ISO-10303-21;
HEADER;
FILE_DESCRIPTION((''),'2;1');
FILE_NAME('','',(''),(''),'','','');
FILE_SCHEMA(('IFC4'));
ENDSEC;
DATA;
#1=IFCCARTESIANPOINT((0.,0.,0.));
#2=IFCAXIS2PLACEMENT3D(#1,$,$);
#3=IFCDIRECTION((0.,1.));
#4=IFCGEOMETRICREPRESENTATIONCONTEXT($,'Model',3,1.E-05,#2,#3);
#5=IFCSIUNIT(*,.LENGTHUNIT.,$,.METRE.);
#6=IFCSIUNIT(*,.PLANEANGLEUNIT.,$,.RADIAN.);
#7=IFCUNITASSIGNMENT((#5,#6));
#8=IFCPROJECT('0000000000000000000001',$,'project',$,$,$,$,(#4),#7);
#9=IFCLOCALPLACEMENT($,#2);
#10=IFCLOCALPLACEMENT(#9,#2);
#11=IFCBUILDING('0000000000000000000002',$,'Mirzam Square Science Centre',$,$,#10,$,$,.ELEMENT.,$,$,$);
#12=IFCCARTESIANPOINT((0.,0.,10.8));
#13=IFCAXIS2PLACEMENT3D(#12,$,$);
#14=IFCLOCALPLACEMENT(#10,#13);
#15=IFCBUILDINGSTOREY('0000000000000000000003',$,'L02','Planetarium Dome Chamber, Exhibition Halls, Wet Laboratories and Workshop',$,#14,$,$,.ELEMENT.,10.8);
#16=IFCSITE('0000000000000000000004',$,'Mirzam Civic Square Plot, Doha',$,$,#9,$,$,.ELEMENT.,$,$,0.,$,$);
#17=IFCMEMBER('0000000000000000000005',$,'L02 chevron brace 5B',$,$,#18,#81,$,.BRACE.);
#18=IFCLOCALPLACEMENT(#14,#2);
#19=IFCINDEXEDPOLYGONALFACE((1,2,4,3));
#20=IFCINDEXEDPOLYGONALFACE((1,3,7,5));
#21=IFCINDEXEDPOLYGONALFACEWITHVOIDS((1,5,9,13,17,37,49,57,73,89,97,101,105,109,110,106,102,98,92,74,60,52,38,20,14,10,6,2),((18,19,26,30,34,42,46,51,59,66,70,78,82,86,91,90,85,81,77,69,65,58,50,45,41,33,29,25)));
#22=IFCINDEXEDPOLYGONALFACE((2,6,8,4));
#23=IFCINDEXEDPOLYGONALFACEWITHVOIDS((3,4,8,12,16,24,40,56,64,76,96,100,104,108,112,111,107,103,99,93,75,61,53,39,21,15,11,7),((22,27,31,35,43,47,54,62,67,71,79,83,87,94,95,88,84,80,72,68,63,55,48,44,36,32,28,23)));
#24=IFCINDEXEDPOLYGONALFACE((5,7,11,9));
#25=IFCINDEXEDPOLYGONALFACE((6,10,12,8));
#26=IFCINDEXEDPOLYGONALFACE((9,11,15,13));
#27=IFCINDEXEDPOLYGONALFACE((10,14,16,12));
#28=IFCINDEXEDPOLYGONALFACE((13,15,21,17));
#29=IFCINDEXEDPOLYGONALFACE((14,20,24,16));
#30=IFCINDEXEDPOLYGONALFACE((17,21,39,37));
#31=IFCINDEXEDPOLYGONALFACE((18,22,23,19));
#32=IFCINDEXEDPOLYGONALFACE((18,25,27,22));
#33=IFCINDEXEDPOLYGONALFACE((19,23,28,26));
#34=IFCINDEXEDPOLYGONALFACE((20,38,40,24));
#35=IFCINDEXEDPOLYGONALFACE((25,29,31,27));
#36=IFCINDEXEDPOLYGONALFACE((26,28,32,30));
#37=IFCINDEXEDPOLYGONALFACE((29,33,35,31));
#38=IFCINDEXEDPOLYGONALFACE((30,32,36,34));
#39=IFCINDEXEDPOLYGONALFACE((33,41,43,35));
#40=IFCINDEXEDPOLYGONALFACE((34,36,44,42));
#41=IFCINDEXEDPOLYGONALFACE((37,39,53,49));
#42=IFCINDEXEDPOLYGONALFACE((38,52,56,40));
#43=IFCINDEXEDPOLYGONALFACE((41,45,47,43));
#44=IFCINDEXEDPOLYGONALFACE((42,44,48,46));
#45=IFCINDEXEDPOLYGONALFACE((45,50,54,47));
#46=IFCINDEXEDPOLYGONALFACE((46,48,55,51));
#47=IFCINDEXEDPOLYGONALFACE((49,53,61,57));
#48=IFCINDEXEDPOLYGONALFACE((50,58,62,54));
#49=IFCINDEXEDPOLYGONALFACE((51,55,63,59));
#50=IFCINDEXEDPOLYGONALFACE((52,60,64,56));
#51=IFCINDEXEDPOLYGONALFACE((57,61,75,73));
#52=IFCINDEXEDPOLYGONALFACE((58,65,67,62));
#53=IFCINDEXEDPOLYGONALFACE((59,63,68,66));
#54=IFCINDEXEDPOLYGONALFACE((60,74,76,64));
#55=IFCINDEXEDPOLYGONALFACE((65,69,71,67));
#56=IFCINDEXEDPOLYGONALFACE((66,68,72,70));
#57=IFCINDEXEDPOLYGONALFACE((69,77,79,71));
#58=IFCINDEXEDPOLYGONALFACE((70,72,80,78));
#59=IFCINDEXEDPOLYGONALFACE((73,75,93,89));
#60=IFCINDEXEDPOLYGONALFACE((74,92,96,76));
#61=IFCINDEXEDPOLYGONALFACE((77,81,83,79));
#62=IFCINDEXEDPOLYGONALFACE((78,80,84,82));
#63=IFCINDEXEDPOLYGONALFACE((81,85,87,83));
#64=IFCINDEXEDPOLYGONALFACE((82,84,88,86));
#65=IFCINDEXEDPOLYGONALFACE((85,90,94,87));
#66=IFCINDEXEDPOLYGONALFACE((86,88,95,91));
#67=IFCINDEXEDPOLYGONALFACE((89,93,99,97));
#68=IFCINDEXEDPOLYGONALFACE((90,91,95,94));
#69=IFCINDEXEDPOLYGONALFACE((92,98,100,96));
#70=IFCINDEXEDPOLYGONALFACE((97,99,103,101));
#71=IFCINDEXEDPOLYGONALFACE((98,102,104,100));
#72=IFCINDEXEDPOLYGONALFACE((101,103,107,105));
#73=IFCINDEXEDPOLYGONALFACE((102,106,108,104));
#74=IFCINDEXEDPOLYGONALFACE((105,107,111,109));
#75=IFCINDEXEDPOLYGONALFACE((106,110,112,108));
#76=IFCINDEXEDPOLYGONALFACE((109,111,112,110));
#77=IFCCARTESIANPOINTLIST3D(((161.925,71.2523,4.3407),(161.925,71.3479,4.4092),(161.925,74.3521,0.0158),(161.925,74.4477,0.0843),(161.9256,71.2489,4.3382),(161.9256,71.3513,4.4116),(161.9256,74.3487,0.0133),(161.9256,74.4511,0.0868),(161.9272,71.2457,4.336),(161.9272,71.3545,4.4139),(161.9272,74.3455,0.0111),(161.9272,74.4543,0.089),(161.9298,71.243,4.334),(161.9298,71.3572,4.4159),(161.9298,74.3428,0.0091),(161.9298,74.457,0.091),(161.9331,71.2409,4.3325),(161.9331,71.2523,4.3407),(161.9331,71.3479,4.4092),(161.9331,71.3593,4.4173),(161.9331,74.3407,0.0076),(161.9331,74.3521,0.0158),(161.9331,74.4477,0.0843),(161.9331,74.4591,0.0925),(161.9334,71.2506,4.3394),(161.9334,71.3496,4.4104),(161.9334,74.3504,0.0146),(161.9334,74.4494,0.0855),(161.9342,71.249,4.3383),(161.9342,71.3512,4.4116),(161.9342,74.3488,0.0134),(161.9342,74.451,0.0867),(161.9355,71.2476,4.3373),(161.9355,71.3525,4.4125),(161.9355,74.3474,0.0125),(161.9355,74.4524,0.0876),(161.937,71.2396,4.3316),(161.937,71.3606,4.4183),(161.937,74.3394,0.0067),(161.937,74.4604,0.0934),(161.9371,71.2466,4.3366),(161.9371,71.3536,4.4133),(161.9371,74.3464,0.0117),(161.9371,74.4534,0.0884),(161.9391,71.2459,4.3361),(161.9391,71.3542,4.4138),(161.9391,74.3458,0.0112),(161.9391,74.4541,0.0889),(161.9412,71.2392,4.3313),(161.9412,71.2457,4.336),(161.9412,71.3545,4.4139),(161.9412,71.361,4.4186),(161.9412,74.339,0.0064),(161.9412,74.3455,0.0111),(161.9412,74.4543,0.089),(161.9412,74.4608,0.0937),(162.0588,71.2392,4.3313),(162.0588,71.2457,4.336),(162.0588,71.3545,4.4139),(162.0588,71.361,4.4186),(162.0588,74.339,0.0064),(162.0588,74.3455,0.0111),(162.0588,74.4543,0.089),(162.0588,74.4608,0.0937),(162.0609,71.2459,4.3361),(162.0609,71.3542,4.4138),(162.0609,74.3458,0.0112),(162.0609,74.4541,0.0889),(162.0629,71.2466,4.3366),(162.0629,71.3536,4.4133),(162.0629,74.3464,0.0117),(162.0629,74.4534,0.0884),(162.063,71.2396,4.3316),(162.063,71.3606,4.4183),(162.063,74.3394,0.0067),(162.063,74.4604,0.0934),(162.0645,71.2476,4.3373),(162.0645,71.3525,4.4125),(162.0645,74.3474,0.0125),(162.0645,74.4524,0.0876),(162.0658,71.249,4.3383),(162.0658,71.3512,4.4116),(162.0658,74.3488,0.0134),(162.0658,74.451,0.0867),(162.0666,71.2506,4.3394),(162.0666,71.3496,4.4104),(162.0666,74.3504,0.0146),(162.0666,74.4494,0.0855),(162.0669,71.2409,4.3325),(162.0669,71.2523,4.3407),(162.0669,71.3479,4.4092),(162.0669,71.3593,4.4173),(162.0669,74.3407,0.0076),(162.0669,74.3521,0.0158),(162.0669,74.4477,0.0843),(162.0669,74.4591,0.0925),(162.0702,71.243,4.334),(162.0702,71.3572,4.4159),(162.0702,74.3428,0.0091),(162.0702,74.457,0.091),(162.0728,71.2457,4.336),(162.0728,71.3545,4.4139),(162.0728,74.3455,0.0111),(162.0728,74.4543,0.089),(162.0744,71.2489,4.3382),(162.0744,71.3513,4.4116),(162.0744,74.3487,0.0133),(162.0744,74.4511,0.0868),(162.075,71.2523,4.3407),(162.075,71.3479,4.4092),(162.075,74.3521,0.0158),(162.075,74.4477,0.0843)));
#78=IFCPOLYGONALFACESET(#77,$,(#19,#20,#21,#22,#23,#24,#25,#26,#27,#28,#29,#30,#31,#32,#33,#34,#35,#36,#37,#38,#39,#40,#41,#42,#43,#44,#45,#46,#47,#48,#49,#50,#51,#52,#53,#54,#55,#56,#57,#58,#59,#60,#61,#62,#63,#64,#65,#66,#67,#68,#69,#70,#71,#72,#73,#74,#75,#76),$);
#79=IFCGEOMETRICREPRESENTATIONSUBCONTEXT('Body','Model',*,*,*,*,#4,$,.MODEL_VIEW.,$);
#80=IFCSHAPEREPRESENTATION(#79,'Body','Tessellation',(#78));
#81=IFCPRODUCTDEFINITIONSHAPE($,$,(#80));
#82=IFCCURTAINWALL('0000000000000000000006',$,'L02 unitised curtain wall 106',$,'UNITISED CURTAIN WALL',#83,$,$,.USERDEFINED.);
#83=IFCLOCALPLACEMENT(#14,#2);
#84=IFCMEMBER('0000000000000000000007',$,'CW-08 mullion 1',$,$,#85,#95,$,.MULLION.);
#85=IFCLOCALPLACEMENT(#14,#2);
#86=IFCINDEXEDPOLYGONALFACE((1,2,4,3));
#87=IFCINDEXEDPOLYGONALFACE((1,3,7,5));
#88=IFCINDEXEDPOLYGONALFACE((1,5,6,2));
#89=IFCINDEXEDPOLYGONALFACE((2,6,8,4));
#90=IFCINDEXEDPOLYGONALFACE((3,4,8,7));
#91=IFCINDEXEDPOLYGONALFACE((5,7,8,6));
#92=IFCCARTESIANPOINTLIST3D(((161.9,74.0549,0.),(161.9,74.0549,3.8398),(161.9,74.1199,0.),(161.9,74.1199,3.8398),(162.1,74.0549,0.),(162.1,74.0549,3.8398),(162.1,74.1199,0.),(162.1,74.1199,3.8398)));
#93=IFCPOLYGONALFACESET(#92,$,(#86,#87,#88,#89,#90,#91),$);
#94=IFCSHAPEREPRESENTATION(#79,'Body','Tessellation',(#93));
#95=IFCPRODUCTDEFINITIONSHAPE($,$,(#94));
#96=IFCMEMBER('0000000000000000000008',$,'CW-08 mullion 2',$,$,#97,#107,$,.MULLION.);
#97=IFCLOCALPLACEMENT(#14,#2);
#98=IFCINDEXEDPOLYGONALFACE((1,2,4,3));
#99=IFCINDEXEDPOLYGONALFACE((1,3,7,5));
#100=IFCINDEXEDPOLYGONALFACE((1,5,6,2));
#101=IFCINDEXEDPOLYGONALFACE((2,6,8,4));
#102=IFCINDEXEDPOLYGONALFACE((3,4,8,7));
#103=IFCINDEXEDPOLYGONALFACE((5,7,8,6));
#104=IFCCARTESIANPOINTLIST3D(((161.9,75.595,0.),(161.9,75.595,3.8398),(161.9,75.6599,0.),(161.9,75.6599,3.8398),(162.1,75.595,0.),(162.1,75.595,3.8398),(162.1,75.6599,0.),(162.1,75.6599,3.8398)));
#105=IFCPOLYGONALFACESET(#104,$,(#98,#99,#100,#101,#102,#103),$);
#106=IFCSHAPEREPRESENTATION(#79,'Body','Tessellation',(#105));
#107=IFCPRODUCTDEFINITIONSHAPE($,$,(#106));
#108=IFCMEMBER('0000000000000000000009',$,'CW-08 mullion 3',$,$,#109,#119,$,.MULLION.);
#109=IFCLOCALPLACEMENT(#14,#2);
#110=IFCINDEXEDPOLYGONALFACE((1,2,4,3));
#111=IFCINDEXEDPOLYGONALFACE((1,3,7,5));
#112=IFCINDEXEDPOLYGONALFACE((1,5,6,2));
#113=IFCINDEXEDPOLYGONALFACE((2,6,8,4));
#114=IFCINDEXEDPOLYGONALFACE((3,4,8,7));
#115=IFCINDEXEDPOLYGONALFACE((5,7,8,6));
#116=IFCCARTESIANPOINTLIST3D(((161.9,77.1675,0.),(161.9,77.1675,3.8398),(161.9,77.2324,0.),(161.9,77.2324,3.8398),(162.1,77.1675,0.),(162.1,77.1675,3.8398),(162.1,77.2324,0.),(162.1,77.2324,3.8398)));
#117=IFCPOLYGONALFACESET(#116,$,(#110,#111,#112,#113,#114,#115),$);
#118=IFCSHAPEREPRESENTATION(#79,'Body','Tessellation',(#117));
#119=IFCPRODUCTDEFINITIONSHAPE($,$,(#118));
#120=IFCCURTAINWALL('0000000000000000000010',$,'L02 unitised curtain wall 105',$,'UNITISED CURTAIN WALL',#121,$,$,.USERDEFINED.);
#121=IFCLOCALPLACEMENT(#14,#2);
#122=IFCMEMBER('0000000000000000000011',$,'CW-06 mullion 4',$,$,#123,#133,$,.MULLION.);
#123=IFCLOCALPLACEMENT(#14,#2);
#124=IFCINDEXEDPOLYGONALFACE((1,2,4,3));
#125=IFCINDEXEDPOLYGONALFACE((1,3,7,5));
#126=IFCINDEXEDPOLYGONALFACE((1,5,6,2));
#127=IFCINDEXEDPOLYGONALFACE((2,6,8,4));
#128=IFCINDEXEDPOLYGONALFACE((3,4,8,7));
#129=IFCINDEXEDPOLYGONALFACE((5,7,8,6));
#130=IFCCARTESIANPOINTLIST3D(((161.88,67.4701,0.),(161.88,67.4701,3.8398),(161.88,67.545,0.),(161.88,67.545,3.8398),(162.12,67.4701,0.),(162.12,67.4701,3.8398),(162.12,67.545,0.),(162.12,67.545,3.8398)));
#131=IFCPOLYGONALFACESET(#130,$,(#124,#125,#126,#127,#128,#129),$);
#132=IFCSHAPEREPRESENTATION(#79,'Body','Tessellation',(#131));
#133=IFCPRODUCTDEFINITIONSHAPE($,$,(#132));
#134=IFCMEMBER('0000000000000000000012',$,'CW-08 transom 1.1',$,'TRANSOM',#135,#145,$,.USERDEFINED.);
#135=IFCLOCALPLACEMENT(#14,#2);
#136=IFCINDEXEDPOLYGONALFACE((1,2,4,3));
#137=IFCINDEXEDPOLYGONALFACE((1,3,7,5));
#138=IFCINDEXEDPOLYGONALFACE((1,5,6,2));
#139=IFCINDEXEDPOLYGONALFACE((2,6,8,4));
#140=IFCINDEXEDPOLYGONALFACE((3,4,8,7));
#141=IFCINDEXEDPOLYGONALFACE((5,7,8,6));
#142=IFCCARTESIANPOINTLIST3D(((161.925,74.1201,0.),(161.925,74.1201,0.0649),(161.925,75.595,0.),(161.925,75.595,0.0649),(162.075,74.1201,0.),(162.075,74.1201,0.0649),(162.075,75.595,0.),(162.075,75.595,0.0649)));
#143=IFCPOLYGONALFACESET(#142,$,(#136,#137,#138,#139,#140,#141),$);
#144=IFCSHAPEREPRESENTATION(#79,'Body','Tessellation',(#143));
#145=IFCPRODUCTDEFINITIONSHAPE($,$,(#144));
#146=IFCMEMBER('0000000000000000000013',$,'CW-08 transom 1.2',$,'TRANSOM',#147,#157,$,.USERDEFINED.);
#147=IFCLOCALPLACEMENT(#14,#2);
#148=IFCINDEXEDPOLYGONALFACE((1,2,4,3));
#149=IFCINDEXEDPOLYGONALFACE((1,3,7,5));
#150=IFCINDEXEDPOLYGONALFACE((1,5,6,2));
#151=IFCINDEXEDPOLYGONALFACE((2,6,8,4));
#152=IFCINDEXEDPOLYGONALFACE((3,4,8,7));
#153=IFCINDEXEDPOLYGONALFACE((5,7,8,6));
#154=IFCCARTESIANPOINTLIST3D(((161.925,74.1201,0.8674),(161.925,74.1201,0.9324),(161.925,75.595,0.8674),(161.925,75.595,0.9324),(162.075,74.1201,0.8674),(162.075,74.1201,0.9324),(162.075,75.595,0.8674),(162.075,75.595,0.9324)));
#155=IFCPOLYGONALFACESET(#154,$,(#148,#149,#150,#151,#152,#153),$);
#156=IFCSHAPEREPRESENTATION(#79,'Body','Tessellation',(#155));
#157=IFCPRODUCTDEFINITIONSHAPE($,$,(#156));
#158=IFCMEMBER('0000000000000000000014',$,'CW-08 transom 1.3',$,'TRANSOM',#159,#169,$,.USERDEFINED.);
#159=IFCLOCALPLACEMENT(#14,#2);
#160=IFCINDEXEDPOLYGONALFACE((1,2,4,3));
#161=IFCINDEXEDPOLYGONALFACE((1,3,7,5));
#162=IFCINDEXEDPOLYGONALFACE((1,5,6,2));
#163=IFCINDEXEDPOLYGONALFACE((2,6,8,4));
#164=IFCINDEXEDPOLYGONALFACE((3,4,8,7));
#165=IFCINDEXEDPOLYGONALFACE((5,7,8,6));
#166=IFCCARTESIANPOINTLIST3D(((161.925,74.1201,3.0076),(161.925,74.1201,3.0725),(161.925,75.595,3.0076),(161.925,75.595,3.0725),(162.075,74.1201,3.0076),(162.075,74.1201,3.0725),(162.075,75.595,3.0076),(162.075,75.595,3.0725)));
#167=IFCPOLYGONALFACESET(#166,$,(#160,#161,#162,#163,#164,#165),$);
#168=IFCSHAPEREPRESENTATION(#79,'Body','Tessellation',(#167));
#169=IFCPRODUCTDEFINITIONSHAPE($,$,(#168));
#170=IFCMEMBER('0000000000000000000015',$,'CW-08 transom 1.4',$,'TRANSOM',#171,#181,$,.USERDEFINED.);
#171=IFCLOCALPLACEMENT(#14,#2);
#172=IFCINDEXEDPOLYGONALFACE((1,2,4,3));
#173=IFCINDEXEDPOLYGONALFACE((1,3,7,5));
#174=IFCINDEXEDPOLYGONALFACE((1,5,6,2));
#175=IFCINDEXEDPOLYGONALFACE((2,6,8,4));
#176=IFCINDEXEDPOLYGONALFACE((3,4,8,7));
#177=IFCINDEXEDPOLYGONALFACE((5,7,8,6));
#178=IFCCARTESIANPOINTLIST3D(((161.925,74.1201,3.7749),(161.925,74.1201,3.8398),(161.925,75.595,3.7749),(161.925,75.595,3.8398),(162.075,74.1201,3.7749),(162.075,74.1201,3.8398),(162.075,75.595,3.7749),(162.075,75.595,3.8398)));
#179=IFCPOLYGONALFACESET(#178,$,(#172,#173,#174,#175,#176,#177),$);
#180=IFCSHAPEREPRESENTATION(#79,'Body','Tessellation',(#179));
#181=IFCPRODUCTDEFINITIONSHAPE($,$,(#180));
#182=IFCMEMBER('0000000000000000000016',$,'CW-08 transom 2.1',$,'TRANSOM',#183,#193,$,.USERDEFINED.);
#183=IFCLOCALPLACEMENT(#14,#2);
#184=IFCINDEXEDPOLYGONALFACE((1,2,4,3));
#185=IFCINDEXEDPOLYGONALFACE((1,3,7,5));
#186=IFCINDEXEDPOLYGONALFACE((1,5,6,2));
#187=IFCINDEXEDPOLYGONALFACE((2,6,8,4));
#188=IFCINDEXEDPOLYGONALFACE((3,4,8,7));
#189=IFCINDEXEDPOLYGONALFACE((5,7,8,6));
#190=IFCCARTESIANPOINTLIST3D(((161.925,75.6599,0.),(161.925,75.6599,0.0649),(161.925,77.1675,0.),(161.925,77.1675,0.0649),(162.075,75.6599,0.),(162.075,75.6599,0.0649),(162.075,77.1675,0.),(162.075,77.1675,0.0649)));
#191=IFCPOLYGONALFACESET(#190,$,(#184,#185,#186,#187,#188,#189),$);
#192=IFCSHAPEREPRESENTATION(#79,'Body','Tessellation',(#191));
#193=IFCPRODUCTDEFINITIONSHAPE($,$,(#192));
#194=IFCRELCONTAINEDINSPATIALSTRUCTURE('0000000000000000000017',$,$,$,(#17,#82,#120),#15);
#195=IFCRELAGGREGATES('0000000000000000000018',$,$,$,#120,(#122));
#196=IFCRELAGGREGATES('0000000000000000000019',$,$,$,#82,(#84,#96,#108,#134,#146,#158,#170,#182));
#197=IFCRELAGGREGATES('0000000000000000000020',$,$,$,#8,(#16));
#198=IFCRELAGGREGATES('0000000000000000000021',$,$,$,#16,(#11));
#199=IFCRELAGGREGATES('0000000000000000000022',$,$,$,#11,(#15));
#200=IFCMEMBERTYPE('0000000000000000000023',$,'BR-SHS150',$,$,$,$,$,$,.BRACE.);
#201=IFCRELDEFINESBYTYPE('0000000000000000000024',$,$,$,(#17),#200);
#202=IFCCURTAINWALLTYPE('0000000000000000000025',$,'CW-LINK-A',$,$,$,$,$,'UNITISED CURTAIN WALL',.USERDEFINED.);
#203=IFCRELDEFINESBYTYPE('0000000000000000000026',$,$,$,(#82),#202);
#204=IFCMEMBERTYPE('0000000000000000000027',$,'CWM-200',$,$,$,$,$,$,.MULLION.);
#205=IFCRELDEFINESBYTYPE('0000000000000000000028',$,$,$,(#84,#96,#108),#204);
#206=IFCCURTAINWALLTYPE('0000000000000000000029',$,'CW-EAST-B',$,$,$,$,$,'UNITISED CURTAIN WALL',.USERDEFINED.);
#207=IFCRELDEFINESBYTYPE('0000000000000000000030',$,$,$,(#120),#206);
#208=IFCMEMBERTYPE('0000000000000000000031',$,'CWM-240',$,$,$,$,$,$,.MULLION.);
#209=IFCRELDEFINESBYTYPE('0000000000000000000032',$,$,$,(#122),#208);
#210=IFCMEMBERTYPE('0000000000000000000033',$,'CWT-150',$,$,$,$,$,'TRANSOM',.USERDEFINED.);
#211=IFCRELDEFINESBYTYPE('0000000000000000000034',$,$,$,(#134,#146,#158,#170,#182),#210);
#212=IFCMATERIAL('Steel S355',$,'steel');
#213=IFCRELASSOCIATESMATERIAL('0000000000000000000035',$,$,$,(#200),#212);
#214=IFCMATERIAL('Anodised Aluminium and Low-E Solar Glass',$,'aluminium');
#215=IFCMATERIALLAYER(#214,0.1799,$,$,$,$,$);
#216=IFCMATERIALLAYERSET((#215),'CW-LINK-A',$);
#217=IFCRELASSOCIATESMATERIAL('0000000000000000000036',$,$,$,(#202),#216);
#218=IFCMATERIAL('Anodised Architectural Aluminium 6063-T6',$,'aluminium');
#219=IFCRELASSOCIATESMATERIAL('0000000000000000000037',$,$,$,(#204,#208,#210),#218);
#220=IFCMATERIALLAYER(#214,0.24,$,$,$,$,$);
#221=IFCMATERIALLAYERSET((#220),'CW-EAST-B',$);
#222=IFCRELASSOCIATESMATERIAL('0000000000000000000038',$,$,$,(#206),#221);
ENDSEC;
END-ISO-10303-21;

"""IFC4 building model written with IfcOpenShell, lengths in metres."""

from ifc_helpers import new_model, si_unit, direction, frame, origin, origin_2d, place, context, subcontext, project, spatial, rectangle, hollow_rectangle, extrude, material, layer, layer_set, material_profile, profile_set, type_object, element, aggregate, save


model = new_model("IFC4")

# Units and contexts
model_context = context("Model", 3, precision=1e-05, world=origin(), true_north=direction((0.0, 1.0)))
body_context = subcontext(model_context, "Body", "Model", "MODEL_VIEW")
ifc_project = project(units=[si_unit("LENGTHUNIT", "METRE"), si_unit("PLANEANGLEUNIT", "RADIAN")], contexts=[model_context])

# Site, building, storey
site_placement = place(None, origin())
site = spatial("IfcSite", under=ifc_project, at=site_placement, Name="Mirzam Civic Square Plot, Doha", CompositionType="ELEMENT", RefElevation=0.0)
building_placement = place(site_placement, origin())
building = spatial("IfcBuilding", under=site, at=building_placement, Name="Mirzam Square Science Centre", CompositionType="ELEMENT")
storey_placement = place(building_placement, frame((0.0, 0.0, 10.8)))
storey = spatial("IfcBuildingStorey", under=building, at=storey_placement, Name="L02", Description="Planetarium Dome Chamber, Exhibition Halls, Wet Laboratories and Workshop", CompositionType="ELEMENT", Elevation=10.8)

# Shared definitions
ifc_material_1 = material(Name="Steel S355", Category="steel")

# Member
ifc_material_profile_1 = material_profile(ifc_material_1, hollow_rectangle(XDim=0.1499, YDim=0.1499, WallThickness=0.0081, InnerFilletRadius=0.0081, OuterFilletRadius=0.0161, at=origin_2d()), Name="150x150x8.0SHS")
ifc_profile_set_1 = profile_set([ifc_material_profile_1], Name="Steel S355")
member_type_1 = type_object("IfcMemberType", Name="BR-SHS150", PredefinedType="BRACE", material=ifc_profile_set_1)
member_1_placement = place(storey_placement, frame((162.0, 74.3999, 0.05), z_axis=(0.0, -0.582557, 0.81279), x_axis=(1.0, 0.0, 0.0)))
element("IfcMember", 1, at=member_1_placement, inside=storey, type_object=member_type_1, Name="L02 chevron brace 5B", PredefinedType="BRACE", context=body_context, shape_type="SweptSolid", body=[
    extrude(hollow_rectangle(XDim=0.1499, YDim=0.1499, WallThickness=0.0081, InnerFilletRadius=0.0081, OuterFilletRadius=0.0161, at=origin_2d()), origin(), (0.0, 0.0, 1.0), 5.321),
])

# Curtain wall, members
ifc_material_2 = material(Name="Anodised Aluminium and Low-E Solar Glass", Category="aluminium")
ifc_layer_1 = layer(ifc_material_2, 0.1799)
ifc_layer_set_1 = layer_set([ifc_layer_1], Name="CW-LINK-A")
curtain_wall_type_1 = type_object("IfcCurtainWallType", Name="CW-LINK-A", ElementType="UNITISED CURTAIN WALL", PredefinedType="USERDEFINED", material=ifc_layer_set_1)
curtain_wall_1_placement = place(storey_placement, origin())
curtain_wall_1 = element("IfcCurtainWall", 2, at=curtain_wall_1_placement, inside=storey, type_object=curtain_wall_type_1, Name="L02 unitised curtain wall 106", ObjectType="UNITISED CURTAIN WALL", PredefinedType="USERDEFINED")
ifc_material_3 = material(Name="Anodised Architectural Aluminium 6063-T6", Category="aluminium")
ifc_material_profile_2 = material_profile(ifc_material_3, rectangle(XDim=0.0649, YDim=0.2, at=origin_2d()), Name="ALU-MULL-200x65x5")
ifc_profile_set_2 = profile_set([ifc_material_profile_2], Name="Anodised Architectural Aluminium 6063-T6")
member_type_2 = type_object("IfcMemberType", Name="CWM-200", PredefinedType="MULLION", material=ifc_profile_set_2)
member_2_placement = place(storey_placement, frame((162.0, 74.0874, 0.0), z_axis=(0.0, 0.0, 1.0), x_axis=(0.0, 1.0, 0.0)))
member_2 = element("IfcMember", 3, at=member_2_placement, type_object=member_type_2, Name="CW-08 mullion 1", PredefinedType="MULLION", context=body_context, shape_type="SweptSolid", body=[
    extrude(rectangle(XDim=0.0649, YDim=0.2, at=origin_2d()), origin(), (0.0, 0.0, 1.0), 3.8398),
])
member_3_placement = place(storey_placement, frame((162.0, 75.6274, 0.0), z_axis=(0.0, 0.0, 1.0), x_axis=(0.0, 1.0, 0.0)))
member_3 = element("IfcMember", 4, at=member_3_placement, type_object=member_type_2, Name="CW-08 mullion 2", PredefinedType="MULLION", context=body_context, shape_type="SweptSolid", body=[
    extrude(rectangle(XDim=0.0649, YDim=0.2, at=origin_2d()), origin(), (0.0, 0.0, 1.0), 3.8398),
])
member_4_placement = place(storey_placement, frame((162.0, 77.2, 0.0), z_axis=(0.0, 0.0, 1.0), x_axis=(0.0, 1.0, 0.0)))
member_4 = element("IfcMember", 5, at=member_4_placement, type_object=member_type_2, Name="CW-08 mullion 3", PredefinedType="MULLION", context=body_context, shape_type="SweptSolid", body=[
    extrude(rectangle(XDim=0.0649, YDim=0.2, at=origin_2d()), origin(), (0.0, 0.0, 1.0), 3.8398),
])

# Curtain wall, member
ifc_layer_2 = layer(ifc_material_2, 0.24)
ifc_layer_set_2 = layer_set([ifc_layer_2], Name="CW-EAST-B")
curtain_wall_type_2 = type_object("IfcCurtainWallType", Name="CW-EAST-B", ElementType="UNITISED CURTAIN WALL", PredefinedType="USERDEFINED", material=ifc_layer_set_2)
curtain_wall_2_placement = place(storey_placement, origin())
curtain_wall_2 = element("IfcCurtainWall", 6, at=curtain_wall_2_placement, inside=storey, type_object=curtain_wall_type_2, Name="L02 unitised curtain wall 105", ObjectType="UNITISED CURTAIN WALL", PredefinedType="USERDEFINED")
ifc_material_profile_3 = material_profile(ifc_material_3, rectangle(XDim=0.075, YDim=0.24, at=origin_2d()), Name="ALU-MULL-240x75x5")
ifc_profile_set_3 = profile_set([ifc_material_profile_3], Name="Anodised Architectural Aluminium 6063-T6")
member_type_3 = type_object("IfcMemberType", Name="CWM-240", PredefinedType="MULLION", material=ifc_profile_set_3)
member_5_placement = place(storey_placement, frame((162.0, 67.5076, 0.0), z_axis=(0.0, 0.0, 1.0), x_axis=(0.0, 1.0, 0.0)))
member_5 = element("IfcMember", 7, at=member_5_placement, type_object=member_type_3, Name="CW-06 mullion 4", PredefinedType="MULLION", context=body_context, shape_type="SweptSolid", body=[
    extrude(rectangle(XDim=0.075, YDim=0.24, at=origin_2d()), origin(), (0.0, 0.0, 1.0), 3.8398),
])

# Members
ifc_material_profile_4 = material_profile(ifc_material_3, rectangle(XDim=0.1499, YDim=0.0649, at=origin_2d()), Name="ALU-TRAN-150x65x4")
ifc_profile_set_4 = profile_set([ifc_material_profile_4], Name="Anodised Architectural Aluminium 6063-T6")
member_type_4 = type_object("IfcMemberType", Name="CWT-150", ElementType="TRANSOM", PredefinedType="USERDEFINED", material=ifc_profile_set_4)
member_6_placement = place(storey_placement, frame((162.0, 74.1201, 0.0325), z_axis=(0.0, 1.0, 0.0), x_axis=(-1.0, 0.0, 0.0)))
member_6 = element("IfcMember", 8, at=member_6_placement, type_object=member_type_4, Name="CW-08 transom 1.1", ObjectType="TRANSOM", PredefinedType="USERDEFINED", context=body_context, shape_type="SweptSolid", body=[
    extrude(rectangle(XDim=0.1499, YDim=0.0649, at=origin_2d()), origin(), (0.0, 0.0, 1.0), 1.4749),
])
member_7_placement = place(storey_placement, frame((162.0, 74.1201, 0.8999), z_axis=(0.0, 1.0, 0.0), x_axis=(-1.0, 0.0, 0.0)))
member_7 = element("IfcMember", 9, at=member_7_placement, type_object=member_type_4, Name="CW-08 transom 1.2", ObjectType="TRANSOM", PredefinedType="USERDEFINED", context=body_context, shape_type="SweptSolid", body=[
    extrude(rectangle(XDim=0.1499, YDim=0.0649, at=origin_2d()), origin(), (0.0, 0.0, 1.0), 1.4749),
])
member_8_placement = place(storey_placement, frame((162.0, 74.1201, 3.04), z_axis=(0.0, 1.0, 0.0), x_axis=(-1.0, 0.0, 0.0)))
member_8 = element("IfcMember", 10, at=member_8_placement, type_object=member_type_4, Name="CW-08 transom 1.3", ObjectType="TRANSOM", PredefinedType="USERDEFINED", context=body_context, shape_type="SweptSolid", body=[
    extrude(rectangle(XDim=0.1499, YDim=0.0649, at=origin_2d()), origin(), (0.0, 0.0, 1.0), 1.4749),
])
member_9_placement = place(storey_placement, frame((162.0, 74.1201, 3.8074), z_axis=(0.0, 1.0, 0.0), x_axis=(-1.0, 0.0, 0.0)))
member_9 = element("IfcMember", 11, at=member_9_placement, type_object=member_type_4, Name="CW-08 transom 1.4", ObjectType="TRANSOM", PredefinedType="USERDEFINED", context=body_context, shape_type="SweptSolid", body=[
    extrude(rectangle(XDim=0.1499, YDim=0.0649, at=origin_2d()), origin(), (0.0, 0.0, 1.0), 1.4749),
])
member_10_placement = place(storey_placement, frame((162.0, 75.6599, 0.0325), z_axis=(0.0, 1.0, 0.0), x_axis=(-1.0, 0.0, 0.0)))
member_10 = element("IfcMember", 12, at=member_10_placement, type_object=member_type_4, Name="CW-08 transom 2.1", ObjectType="TRANSOM", PredefinedType="USERDEFINED", context=body_context, shape_type="SweptSolid", body=[
    extrude(rectangle(XDim=0.1499, YDim=0.0649, at=origin_2d()), origin(), (0.0, 0.0, 1.0), 1.5076),
])

aggregate(curtain_wall_2, [member_5])
aggregate(curtain_wall_1, [member_2, member_3, member_4, member_6, member_7, member_8, member_9, member_10])

save(model, "model.ifc")
